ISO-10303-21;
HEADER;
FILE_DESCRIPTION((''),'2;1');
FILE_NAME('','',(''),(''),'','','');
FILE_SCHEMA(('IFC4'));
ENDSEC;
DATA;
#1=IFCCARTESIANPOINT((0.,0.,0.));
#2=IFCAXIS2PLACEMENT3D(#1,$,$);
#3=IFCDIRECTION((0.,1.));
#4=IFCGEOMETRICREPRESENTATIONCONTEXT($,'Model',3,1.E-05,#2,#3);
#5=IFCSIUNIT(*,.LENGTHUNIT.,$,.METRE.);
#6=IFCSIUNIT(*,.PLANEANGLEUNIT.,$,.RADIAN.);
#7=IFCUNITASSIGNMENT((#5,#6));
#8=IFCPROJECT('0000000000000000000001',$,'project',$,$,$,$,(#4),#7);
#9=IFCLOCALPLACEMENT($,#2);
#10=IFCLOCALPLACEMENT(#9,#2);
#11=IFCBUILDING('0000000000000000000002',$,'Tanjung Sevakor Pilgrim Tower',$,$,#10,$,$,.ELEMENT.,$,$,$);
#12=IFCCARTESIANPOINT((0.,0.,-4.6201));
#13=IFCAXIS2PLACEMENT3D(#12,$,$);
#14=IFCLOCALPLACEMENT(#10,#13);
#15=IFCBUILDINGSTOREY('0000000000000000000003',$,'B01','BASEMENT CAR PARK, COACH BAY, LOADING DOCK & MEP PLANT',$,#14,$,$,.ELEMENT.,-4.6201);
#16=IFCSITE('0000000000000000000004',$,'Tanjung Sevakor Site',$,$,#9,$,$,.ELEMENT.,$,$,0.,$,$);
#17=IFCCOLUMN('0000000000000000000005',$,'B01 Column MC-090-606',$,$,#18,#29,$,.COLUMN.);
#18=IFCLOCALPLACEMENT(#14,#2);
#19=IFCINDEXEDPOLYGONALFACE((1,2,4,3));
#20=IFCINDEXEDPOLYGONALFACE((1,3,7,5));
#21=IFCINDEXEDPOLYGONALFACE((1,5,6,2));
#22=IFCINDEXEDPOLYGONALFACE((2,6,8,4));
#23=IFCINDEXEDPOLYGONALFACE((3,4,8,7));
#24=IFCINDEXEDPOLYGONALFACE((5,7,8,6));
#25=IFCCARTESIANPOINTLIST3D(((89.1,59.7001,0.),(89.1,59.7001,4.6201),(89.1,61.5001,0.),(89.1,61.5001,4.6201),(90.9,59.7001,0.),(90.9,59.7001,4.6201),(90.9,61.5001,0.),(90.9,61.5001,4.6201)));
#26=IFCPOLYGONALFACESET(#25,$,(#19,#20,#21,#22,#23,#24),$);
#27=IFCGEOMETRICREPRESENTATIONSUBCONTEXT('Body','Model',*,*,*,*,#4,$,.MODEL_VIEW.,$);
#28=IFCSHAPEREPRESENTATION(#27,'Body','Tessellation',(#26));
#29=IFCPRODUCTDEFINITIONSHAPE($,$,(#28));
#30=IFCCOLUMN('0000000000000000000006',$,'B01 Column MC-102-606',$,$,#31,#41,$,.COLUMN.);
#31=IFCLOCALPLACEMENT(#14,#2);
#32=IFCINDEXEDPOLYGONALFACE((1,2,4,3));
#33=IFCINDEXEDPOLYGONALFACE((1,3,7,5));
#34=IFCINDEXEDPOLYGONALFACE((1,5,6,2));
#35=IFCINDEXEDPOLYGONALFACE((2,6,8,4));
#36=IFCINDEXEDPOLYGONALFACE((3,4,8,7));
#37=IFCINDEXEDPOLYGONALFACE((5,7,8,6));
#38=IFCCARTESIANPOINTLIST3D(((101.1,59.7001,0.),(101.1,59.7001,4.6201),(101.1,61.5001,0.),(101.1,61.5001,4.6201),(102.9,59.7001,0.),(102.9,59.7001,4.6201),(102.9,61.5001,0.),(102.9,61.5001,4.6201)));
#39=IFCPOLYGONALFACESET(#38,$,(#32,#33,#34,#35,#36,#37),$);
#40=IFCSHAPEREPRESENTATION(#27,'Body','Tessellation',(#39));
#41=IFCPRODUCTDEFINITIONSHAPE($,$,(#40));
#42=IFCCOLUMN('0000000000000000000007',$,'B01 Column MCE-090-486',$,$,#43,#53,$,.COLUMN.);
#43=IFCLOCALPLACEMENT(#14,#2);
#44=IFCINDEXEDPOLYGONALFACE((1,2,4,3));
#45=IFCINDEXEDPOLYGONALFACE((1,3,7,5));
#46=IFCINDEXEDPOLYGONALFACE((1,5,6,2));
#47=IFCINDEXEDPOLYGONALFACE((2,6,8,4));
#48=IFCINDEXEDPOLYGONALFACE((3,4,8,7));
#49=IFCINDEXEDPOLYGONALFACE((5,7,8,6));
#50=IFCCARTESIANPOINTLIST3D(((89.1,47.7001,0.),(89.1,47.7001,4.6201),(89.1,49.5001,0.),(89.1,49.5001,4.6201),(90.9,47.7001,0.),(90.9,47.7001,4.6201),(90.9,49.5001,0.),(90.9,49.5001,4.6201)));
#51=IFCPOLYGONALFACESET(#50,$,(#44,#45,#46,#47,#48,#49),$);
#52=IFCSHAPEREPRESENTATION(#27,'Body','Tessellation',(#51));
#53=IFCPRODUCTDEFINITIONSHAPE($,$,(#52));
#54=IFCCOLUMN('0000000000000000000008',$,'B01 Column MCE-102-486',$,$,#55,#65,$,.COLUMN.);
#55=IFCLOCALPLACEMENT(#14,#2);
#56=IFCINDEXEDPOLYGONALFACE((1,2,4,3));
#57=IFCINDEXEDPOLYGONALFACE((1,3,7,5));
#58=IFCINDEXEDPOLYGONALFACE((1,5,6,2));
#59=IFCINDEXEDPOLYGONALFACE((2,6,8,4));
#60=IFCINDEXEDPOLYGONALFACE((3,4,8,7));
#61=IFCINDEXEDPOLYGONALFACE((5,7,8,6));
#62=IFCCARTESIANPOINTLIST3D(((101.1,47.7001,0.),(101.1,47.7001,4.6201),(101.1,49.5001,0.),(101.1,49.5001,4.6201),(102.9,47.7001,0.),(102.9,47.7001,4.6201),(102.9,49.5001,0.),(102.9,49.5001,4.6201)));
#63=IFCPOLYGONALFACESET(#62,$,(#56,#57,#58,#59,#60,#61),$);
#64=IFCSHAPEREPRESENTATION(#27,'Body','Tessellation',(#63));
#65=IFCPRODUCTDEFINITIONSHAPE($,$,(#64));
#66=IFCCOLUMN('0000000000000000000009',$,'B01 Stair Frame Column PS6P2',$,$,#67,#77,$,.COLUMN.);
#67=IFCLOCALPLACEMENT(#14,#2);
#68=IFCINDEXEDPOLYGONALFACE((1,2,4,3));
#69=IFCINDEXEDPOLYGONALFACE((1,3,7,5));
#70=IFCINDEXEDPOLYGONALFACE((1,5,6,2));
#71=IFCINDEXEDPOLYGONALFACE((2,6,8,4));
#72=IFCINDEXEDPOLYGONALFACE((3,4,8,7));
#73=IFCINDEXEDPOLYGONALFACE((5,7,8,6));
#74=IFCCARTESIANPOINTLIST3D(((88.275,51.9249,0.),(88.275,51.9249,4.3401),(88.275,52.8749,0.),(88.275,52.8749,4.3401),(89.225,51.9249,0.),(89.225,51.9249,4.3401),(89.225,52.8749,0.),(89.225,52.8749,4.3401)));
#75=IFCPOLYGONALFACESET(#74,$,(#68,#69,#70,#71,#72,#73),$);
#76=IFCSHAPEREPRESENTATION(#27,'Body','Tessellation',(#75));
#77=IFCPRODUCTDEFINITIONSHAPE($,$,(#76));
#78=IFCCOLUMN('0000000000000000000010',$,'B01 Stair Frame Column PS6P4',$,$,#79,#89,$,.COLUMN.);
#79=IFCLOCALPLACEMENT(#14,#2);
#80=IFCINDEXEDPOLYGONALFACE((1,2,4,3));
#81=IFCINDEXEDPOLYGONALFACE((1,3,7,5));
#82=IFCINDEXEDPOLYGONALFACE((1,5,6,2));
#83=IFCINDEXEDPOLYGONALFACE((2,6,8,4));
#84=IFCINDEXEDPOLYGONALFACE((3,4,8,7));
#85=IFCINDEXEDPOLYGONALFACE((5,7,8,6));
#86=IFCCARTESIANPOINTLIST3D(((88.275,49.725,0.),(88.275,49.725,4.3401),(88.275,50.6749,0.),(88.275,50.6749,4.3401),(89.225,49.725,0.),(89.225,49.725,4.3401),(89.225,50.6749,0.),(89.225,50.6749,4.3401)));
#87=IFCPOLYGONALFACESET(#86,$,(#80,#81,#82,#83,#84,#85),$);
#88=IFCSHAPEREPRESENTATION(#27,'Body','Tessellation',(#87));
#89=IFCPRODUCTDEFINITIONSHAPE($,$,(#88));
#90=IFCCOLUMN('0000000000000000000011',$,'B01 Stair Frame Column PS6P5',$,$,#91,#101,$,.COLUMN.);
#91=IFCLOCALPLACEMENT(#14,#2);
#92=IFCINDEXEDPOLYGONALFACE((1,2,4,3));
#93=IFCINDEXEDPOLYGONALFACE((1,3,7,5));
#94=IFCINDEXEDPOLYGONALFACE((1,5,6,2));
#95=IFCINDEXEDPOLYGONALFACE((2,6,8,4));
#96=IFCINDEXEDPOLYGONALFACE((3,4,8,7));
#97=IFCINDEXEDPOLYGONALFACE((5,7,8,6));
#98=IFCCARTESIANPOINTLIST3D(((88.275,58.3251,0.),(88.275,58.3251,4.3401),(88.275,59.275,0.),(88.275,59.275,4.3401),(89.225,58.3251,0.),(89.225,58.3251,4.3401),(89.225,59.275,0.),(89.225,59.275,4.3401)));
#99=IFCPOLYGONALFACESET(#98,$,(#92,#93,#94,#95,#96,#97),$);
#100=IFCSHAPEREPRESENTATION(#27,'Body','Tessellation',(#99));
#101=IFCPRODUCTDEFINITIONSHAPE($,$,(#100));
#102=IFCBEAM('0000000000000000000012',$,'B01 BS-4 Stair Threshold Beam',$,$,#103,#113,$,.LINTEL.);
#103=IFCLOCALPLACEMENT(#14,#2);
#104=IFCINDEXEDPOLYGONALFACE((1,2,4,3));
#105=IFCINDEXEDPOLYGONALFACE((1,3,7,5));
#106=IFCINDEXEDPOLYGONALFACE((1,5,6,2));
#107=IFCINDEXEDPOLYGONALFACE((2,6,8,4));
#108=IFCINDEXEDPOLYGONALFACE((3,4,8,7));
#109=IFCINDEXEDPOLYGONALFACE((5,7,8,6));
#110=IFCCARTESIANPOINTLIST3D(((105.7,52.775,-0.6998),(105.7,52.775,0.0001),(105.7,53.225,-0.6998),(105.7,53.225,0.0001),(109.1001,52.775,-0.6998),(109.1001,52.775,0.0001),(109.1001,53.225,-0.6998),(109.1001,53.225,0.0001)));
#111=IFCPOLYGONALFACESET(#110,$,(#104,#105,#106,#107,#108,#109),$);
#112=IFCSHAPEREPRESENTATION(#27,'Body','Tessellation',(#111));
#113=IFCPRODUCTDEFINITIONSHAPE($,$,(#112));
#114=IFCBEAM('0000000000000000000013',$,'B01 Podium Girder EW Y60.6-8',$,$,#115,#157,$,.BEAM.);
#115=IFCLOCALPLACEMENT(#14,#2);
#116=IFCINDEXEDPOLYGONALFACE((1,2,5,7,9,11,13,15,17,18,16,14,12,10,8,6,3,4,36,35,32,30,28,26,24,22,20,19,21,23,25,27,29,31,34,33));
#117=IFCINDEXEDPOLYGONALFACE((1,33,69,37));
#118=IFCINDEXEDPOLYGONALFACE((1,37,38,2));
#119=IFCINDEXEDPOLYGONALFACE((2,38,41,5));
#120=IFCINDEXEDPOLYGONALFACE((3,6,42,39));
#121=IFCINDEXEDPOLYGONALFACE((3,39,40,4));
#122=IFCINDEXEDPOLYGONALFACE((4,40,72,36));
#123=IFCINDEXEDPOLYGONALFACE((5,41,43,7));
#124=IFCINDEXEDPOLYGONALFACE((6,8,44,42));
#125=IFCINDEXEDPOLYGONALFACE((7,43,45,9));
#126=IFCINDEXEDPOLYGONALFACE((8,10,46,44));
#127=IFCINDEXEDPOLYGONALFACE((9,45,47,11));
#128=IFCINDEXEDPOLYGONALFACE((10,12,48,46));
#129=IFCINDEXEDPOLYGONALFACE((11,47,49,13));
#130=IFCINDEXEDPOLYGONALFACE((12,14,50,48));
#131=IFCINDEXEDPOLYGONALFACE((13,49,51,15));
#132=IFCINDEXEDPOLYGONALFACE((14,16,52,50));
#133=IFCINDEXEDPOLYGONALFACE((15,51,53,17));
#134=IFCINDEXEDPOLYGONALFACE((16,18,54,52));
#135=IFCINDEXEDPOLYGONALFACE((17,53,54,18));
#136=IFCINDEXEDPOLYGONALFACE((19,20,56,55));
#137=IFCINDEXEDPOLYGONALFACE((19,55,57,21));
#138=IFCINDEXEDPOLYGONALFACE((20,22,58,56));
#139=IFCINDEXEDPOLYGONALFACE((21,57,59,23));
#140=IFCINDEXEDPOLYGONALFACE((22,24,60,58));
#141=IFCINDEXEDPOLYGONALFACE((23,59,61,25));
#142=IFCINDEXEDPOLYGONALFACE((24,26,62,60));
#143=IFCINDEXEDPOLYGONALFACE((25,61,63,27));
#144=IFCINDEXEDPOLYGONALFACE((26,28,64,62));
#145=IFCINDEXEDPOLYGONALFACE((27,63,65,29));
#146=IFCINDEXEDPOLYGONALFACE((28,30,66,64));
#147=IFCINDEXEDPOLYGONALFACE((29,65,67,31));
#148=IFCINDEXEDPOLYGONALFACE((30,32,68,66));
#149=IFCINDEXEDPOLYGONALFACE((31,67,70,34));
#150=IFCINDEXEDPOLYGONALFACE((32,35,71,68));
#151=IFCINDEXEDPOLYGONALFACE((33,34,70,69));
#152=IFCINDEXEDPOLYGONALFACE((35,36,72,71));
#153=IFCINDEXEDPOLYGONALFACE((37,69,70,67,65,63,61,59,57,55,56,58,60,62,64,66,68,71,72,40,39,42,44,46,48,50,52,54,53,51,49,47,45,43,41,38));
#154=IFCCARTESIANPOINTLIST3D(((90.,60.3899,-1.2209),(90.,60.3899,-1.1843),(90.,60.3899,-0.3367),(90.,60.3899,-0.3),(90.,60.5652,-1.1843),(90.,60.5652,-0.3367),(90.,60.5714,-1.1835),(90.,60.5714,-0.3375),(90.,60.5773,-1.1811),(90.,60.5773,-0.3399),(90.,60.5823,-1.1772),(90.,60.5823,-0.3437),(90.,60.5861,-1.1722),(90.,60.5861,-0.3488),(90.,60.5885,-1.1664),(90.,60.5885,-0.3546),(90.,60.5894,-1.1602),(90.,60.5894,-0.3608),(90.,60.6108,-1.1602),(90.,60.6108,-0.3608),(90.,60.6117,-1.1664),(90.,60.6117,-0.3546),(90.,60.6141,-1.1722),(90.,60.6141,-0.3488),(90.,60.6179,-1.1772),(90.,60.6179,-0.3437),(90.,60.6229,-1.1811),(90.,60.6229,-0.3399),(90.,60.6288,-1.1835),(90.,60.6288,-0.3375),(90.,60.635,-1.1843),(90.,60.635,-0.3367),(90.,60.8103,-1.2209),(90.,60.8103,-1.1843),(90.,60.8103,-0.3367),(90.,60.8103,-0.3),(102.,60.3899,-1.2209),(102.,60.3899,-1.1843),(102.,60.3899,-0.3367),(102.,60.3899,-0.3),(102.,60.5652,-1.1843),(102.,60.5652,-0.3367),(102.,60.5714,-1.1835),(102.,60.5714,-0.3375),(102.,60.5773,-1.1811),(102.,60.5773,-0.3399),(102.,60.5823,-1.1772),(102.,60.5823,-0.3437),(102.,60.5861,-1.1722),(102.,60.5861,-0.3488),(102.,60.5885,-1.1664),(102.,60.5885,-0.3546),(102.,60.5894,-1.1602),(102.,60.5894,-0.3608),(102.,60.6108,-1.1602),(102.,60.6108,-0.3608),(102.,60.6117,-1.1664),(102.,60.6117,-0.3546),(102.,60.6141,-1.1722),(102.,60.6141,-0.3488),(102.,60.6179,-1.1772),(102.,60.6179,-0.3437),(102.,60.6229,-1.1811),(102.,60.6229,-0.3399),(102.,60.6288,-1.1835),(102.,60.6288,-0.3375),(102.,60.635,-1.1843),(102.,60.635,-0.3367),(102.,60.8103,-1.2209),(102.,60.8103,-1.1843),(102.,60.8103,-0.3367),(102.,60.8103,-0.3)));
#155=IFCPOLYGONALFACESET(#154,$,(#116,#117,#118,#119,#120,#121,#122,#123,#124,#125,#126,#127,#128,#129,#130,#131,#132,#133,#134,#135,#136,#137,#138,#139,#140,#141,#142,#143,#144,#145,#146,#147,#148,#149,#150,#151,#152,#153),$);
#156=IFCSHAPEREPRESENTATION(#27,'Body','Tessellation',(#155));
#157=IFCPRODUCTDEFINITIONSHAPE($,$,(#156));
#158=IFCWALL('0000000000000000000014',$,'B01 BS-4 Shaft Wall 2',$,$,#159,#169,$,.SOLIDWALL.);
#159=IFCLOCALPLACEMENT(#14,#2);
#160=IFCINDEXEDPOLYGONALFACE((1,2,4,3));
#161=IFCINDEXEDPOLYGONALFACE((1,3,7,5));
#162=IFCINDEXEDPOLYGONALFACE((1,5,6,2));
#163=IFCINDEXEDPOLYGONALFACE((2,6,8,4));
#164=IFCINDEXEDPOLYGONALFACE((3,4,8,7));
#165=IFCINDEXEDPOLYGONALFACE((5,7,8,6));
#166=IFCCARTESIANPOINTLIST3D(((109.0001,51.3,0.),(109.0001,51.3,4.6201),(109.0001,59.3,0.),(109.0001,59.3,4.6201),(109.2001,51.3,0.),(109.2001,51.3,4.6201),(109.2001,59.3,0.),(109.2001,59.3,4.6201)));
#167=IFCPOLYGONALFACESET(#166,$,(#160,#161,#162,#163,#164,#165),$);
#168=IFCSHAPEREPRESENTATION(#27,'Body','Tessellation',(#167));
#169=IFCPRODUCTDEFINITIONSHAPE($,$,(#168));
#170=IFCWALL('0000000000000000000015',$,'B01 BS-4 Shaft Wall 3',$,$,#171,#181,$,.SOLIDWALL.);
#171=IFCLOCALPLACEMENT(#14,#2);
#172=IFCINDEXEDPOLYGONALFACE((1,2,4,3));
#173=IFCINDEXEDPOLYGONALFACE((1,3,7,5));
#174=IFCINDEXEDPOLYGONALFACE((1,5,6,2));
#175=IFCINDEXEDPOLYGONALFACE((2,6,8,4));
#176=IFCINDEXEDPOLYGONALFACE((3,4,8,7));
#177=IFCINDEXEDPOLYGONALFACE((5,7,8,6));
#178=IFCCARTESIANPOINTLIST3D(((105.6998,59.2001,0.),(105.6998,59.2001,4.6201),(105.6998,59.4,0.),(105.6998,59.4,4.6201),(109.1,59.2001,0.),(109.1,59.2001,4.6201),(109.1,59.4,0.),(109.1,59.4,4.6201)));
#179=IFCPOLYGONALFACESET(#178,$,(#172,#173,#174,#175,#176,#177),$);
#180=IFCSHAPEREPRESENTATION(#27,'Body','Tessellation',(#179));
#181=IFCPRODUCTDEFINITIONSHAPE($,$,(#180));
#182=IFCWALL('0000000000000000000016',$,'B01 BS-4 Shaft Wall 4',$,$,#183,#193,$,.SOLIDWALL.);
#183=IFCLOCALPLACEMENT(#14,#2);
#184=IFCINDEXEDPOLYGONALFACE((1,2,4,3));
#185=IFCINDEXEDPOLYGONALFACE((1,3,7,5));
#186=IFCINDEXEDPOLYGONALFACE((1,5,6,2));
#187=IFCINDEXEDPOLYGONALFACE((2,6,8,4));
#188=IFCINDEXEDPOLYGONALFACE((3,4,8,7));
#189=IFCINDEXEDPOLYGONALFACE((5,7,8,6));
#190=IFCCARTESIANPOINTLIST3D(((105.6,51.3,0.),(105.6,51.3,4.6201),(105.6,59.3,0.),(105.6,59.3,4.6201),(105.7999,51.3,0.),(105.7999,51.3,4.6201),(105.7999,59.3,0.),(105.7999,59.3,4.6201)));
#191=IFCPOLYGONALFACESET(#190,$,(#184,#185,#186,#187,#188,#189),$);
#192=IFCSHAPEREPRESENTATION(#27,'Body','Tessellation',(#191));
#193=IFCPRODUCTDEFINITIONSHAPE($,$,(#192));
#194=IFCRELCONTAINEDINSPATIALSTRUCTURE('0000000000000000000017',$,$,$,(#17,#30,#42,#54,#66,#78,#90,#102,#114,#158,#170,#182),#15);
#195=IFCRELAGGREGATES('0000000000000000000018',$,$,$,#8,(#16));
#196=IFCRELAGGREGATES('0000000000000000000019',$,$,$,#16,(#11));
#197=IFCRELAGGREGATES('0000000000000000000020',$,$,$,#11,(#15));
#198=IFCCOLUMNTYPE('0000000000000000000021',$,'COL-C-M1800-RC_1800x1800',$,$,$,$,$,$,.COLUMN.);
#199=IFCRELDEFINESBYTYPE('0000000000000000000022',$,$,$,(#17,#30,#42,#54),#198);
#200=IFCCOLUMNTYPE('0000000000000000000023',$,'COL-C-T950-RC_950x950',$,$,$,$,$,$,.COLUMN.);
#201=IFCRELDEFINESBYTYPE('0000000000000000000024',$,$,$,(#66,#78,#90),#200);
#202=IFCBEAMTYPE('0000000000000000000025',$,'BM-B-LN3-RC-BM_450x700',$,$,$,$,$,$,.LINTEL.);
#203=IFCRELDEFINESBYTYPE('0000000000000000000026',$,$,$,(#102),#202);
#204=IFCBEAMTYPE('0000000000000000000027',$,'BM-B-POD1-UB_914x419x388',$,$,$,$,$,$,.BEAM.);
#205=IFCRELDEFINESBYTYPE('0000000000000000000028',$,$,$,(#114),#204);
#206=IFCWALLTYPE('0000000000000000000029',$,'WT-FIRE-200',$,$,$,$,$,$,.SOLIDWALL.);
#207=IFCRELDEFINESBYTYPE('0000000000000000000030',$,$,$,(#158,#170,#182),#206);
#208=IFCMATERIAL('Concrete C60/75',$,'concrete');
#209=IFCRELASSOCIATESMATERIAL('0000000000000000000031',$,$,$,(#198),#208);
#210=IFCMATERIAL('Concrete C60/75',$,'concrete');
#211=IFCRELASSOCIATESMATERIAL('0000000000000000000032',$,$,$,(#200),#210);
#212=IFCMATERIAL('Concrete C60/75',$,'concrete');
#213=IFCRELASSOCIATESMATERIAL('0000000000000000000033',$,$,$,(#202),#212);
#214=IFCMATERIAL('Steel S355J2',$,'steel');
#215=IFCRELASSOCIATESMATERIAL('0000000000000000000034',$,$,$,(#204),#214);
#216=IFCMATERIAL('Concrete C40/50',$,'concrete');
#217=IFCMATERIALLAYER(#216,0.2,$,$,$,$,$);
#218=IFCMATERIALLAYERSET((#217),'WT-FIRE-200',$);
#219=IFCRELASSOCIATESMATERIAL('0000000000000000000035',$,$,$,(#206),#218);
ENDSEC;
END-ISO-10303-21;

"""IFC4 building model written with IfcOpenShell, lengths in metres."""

from ifc_helpers import new_model, si_unit, direction, frame, frame_2d, origin, origin_2d, place, context, subcontext, project, spatial, rectangle, i_section, extrude, material, layer, layer_set, material_profile, profile_set, type_object, element, save


model = new_model("IFC4")

# Units and contexts
model_context = context("Model", 3, precision=1e-05, world=origin(), true_north=direction((0.0, 1.0)))
body_context = subcontext(model_context, "Body", "Model", "MODEL_VIEW")
ifc_project = project(units=[si_unit("LENGTHUNIT", "METRE"), si_unit("PLANEANGLEUNIT", "RADIAN")], contexts=[model_context])

# Site, building, storey
site_placement = place(None, origin())
site = spatial("IfcSite", under=ifc_project, at=site_placement, Name="Tanjung Sevakor Site", CompositionType="ELEMENT", RefElevation=0.0)
building_placement = place(site_placement, origin())
building = spatial("IfcBuilding", under=site, at=building_placement, Name="Tanjung Sevakor Pilgrim Tower", CompositionType="ELEMENT")
storey_placement = place(building_placement, frame((0.0, 0.0, -4.6201)))
storey = spatial("IfcBuildingStorey", under=building, at=storey_placement, Name="B01", Description="BASEMENT CAR PARK, COACH BAY, LOADING DOCK & MEP PLANT", CompositionType="ELEMENT", Elevation=-4.6201)

# Columns
ifc_material_1 = material(Name="Concrete C60/75", Category="concrete")
ifc_material_profile_1 = material_profile(ifc_material_1, rectangle(XDim=1.8, YDim=1.8, at=origin_2d()))
ifc_profile_set_1 = profile_set([ifc_material_profile_1], Name="Concrete C60/75")
column_type_1 = type_object("IfcColumnType", Name="COL-C-M1800-RC_1800x1800", PredefinedType="COLUMN", material=ifc_profile_set_1)
for number, where, z_axis, x_axis, name in (
    (1, (90.0, 60.6001, 0.0), (0.0, 0.0, 1.0), (1.0, 0.0, 0.0), "B01 Column MC-090-606"),
    (2, (102.0, 60.6001, 0.0), (0.0, 0.0, 1.0), (1.0, 0.0, 0.0), "B01 Column MC-102-606"),
    (3, (90.0, 48.6001, 0.0), (0.0, 0.0, 1.0), (1.0, 0.0, 0.0), "B01 Column MCE-090-486"),
    (4, (102.0, 48.6001, 0.0), (0.0, 0.0, 1.0), (1.0, 0.0, 0.0), "B01 Column MCE-102-486"),
):
    element("IfcColumn", number, at=place(storey_placement, frame(where, z_axis=z_axis, x_axis=x_axis)), inside=storey, type_object=column_type_1, Name=name, PredefinedType="COLUMN", context=body_context, shape_type="SweptSolid", body=[
        extrude(rectangle(XDim=1.8, YDim=1.8, at=origin_2d()), origin(), (0.0, 0.0, 1.0), 4.6201),
    ])
ifc_material_2 = material(Name="Concrete C60/75", Category="concrete")
ifc_material_profile_2 = material_profile(ifc_material_2, rectangle(XDim=0.95, YDim=0.95, at=origin_2d()))
ifc_profile_set_2 = profile_set([ifc_material_profile_2], Name="Concrete C60/75")
column_type_2 = type_object("IfcColumnType", Name="COL-C-T950-RC_950x950", PredefinedType="COLUMN", material=ifc_profile_set_2)
for number, where, z_axis, x_axis, name in (
    (5, (88.75, 52.3999, 0.0), (0.0, 0.0, 1.0), (1.0, 0.0, 0.0), "B01 Stair Frame Column PS6P2"),
    (6, (88.75, 50.2, 0.0), (0.0, 0.0, 1.0), (1.0, 0.0, 0.0), "B01 Stair Frame Column PS6P4"),
    (7, (88.75, 58.8, 0.0), (0.0, 0.0, 1.0), (1.0, 0.0, 0.0), "B01 Stair Frame Column PS6P5"),
):
    element("IfcColumn", number, at=place(storey_placement, frame(where, z_axis=z_axis, x_axis=x_axis)), inside=storey, type_object=column_type_2, Name=name, PredefinedType="COLUMN", context=body_context, shape_type="SweptSolid", body=[
        extrude(rectangle(XDim=0.95, YDim=0.95, at=origin_2d()), origin(), (0.0, 0.0, 1.0), 4.3401),
    ])

# Beams
ifc_material_3 = material(Name="Concrete C60/75", Category="concrete")
ifc_material_profile_3 = material_profile(ifc_material_3, rectangle(XDim=0.45, YDim=0.7, at=origin_2d()))
ifc_profile_set_3 = profile_set([ifc_material_profile_3], Name="Concrete C60/75")
beam_type_1 = type_object("IfcBeamType", Name="BM-B-LN3-RC-BM_450x700", PredefinedType="LINTEL", material=ifc_profile_set_3)
beam_1_placement = place(storey_placement, frame((105.7, 53.0, -0.3499), z_axis=(1.0, 0.0, 0.0), x_axis=(0.0, 1.0, 0.0)))
element("IfcBeam", 8, at=beam_1_placement, inside=storey, type_object=beam_type_1, Name="B01 BS-4 Stair Threshold Beam", PredefinedType="LINTEL", context=body_context, shape_type="SweptSolid", body=[
    extrude(rectangle(XDim=0.45, YDim=0.7, at=origin_2d()), origin(), (0.0, 0.0, 1.0), 3.4001),
])
ifc_material_4 = material(Name="Steel S355J2", Category="steel")
ifc_material_profile_4 = material_profile(ifc_material_4, i_section(OverallWidth=0.4204, OverallDepth=0.9209, WebThickness=0.0215, FlangeThickness=0.0366, FilletRadius=0.0242, at=origin_2d()))
ifc_profile_set_4 = profile_set([ifc_material_profile_4], Name="Steel S355J2")
beam_type_2 = type_object("IfcBeamType", Name="BM-B-POD1-UB_914x419x388", PredefinedType="BEAM", material=ifc_profile_set_4)
beam_2_placement = place(storey_placement, frame((90.0, 60.6001, -0.7605), z_axis=(1.0, 0.0, 0.0), x_axis=(0.0, 1.0, 0.0)))
element("IfcBeam", 9, at=beam_2_placement, inside=storey, type_object=beam_type_2, Name="B01 Podium Girder EW Y60.6-8", PredefinedType="BEAM", context=body_context, shape_type="SweptSolid", body=[
    extrude(i_section(OverallWidth=0.4204, OverallDepth=0.9209, WebThickness=0.0215, FlangeThickness=0.0366, FilletRadius=0.0242, at=origin_2d()), origin(), (0.0, 0.0, 1.0), 12.0),
])

# Shared definitions
ifc_material_5 = material(Name="Concrete C40/50", Category="concrete")
ifc_layer_1 = layer(ifc_material_5, 0.2)
ifc_layer_set_1 = layer_set([ifc_layer_1], Name="WT-FIRE-200")
wall_type_1 = type_object("IfcWallType", Name="WT-FIRE-200", PredefinedType="SOLIDWALL", material=ifc_layer_set_1)

# Walls
wall_1_placement = place(storey_placement, frame((109.1001, 51.3, 0.0), z_axis=(0.0, 0.0, 1.0), x_axis=(0.0, 1.0, 0.0)))
element("IfcWall", 10, at=wall_1_placement, inside=storey, type_object=wall_type_1, Name="B01 BS-4 Shaft Wall 2", PredefinedType="SOLIDWALL", context=body_context, shape_type="SweptSolid", body=[
    extrude(rectangle(XDim=8.0, YDim=0.2, at=frame_2d((4.0, 0.0))), origin(), (0.0, 0.0, 1.0), 4.6201),
])
wall_2_placement = place(storey_placement, frame((109.1001, 59.3, 0.0), z_axis=(0.0, 0.0, 1.0), x_axis=(-1.0, 0.0, 0.0)))
element("IfcWall", 11, at=wall_2_placement, inside=storey, type_object=wall_type_1, Name="B01 BS-4 Shaft Wall 3", PredefinedType="SOLIDWALL", context=body_context, shape_type="SweptSolid", body=[
    extrude(rectangle(XDim=3.4001, YDim=0.2, at=frame_2d((1.7002, 0.0))), origin(), (0.0, 0.0, 1.0), 4.6201),
])
wall_3_placement = place(storey_placement, frame((105.7, 59.3, 0.0), z_axis=(0.0, 0.0, 1.0), x_axis=(0.0, -1.0, 0.0)))
element("IfcWall", 12, at=wall_3_placement, inside=storey, type_object=wall_type_1, Name="B01 BS-4 Shaft Wall 4", PredefinedType="SOLIDWALL", context=body_context, shape_type="SweptSolid", body=[
    extrude(rectangle(XDim=8.0, YDim=0.2, at=frame_2d((4.0, 0.0))), origin(), (0.0, 0.0, 1.0), 4.6201),
])

save(model, "model.ifc")
